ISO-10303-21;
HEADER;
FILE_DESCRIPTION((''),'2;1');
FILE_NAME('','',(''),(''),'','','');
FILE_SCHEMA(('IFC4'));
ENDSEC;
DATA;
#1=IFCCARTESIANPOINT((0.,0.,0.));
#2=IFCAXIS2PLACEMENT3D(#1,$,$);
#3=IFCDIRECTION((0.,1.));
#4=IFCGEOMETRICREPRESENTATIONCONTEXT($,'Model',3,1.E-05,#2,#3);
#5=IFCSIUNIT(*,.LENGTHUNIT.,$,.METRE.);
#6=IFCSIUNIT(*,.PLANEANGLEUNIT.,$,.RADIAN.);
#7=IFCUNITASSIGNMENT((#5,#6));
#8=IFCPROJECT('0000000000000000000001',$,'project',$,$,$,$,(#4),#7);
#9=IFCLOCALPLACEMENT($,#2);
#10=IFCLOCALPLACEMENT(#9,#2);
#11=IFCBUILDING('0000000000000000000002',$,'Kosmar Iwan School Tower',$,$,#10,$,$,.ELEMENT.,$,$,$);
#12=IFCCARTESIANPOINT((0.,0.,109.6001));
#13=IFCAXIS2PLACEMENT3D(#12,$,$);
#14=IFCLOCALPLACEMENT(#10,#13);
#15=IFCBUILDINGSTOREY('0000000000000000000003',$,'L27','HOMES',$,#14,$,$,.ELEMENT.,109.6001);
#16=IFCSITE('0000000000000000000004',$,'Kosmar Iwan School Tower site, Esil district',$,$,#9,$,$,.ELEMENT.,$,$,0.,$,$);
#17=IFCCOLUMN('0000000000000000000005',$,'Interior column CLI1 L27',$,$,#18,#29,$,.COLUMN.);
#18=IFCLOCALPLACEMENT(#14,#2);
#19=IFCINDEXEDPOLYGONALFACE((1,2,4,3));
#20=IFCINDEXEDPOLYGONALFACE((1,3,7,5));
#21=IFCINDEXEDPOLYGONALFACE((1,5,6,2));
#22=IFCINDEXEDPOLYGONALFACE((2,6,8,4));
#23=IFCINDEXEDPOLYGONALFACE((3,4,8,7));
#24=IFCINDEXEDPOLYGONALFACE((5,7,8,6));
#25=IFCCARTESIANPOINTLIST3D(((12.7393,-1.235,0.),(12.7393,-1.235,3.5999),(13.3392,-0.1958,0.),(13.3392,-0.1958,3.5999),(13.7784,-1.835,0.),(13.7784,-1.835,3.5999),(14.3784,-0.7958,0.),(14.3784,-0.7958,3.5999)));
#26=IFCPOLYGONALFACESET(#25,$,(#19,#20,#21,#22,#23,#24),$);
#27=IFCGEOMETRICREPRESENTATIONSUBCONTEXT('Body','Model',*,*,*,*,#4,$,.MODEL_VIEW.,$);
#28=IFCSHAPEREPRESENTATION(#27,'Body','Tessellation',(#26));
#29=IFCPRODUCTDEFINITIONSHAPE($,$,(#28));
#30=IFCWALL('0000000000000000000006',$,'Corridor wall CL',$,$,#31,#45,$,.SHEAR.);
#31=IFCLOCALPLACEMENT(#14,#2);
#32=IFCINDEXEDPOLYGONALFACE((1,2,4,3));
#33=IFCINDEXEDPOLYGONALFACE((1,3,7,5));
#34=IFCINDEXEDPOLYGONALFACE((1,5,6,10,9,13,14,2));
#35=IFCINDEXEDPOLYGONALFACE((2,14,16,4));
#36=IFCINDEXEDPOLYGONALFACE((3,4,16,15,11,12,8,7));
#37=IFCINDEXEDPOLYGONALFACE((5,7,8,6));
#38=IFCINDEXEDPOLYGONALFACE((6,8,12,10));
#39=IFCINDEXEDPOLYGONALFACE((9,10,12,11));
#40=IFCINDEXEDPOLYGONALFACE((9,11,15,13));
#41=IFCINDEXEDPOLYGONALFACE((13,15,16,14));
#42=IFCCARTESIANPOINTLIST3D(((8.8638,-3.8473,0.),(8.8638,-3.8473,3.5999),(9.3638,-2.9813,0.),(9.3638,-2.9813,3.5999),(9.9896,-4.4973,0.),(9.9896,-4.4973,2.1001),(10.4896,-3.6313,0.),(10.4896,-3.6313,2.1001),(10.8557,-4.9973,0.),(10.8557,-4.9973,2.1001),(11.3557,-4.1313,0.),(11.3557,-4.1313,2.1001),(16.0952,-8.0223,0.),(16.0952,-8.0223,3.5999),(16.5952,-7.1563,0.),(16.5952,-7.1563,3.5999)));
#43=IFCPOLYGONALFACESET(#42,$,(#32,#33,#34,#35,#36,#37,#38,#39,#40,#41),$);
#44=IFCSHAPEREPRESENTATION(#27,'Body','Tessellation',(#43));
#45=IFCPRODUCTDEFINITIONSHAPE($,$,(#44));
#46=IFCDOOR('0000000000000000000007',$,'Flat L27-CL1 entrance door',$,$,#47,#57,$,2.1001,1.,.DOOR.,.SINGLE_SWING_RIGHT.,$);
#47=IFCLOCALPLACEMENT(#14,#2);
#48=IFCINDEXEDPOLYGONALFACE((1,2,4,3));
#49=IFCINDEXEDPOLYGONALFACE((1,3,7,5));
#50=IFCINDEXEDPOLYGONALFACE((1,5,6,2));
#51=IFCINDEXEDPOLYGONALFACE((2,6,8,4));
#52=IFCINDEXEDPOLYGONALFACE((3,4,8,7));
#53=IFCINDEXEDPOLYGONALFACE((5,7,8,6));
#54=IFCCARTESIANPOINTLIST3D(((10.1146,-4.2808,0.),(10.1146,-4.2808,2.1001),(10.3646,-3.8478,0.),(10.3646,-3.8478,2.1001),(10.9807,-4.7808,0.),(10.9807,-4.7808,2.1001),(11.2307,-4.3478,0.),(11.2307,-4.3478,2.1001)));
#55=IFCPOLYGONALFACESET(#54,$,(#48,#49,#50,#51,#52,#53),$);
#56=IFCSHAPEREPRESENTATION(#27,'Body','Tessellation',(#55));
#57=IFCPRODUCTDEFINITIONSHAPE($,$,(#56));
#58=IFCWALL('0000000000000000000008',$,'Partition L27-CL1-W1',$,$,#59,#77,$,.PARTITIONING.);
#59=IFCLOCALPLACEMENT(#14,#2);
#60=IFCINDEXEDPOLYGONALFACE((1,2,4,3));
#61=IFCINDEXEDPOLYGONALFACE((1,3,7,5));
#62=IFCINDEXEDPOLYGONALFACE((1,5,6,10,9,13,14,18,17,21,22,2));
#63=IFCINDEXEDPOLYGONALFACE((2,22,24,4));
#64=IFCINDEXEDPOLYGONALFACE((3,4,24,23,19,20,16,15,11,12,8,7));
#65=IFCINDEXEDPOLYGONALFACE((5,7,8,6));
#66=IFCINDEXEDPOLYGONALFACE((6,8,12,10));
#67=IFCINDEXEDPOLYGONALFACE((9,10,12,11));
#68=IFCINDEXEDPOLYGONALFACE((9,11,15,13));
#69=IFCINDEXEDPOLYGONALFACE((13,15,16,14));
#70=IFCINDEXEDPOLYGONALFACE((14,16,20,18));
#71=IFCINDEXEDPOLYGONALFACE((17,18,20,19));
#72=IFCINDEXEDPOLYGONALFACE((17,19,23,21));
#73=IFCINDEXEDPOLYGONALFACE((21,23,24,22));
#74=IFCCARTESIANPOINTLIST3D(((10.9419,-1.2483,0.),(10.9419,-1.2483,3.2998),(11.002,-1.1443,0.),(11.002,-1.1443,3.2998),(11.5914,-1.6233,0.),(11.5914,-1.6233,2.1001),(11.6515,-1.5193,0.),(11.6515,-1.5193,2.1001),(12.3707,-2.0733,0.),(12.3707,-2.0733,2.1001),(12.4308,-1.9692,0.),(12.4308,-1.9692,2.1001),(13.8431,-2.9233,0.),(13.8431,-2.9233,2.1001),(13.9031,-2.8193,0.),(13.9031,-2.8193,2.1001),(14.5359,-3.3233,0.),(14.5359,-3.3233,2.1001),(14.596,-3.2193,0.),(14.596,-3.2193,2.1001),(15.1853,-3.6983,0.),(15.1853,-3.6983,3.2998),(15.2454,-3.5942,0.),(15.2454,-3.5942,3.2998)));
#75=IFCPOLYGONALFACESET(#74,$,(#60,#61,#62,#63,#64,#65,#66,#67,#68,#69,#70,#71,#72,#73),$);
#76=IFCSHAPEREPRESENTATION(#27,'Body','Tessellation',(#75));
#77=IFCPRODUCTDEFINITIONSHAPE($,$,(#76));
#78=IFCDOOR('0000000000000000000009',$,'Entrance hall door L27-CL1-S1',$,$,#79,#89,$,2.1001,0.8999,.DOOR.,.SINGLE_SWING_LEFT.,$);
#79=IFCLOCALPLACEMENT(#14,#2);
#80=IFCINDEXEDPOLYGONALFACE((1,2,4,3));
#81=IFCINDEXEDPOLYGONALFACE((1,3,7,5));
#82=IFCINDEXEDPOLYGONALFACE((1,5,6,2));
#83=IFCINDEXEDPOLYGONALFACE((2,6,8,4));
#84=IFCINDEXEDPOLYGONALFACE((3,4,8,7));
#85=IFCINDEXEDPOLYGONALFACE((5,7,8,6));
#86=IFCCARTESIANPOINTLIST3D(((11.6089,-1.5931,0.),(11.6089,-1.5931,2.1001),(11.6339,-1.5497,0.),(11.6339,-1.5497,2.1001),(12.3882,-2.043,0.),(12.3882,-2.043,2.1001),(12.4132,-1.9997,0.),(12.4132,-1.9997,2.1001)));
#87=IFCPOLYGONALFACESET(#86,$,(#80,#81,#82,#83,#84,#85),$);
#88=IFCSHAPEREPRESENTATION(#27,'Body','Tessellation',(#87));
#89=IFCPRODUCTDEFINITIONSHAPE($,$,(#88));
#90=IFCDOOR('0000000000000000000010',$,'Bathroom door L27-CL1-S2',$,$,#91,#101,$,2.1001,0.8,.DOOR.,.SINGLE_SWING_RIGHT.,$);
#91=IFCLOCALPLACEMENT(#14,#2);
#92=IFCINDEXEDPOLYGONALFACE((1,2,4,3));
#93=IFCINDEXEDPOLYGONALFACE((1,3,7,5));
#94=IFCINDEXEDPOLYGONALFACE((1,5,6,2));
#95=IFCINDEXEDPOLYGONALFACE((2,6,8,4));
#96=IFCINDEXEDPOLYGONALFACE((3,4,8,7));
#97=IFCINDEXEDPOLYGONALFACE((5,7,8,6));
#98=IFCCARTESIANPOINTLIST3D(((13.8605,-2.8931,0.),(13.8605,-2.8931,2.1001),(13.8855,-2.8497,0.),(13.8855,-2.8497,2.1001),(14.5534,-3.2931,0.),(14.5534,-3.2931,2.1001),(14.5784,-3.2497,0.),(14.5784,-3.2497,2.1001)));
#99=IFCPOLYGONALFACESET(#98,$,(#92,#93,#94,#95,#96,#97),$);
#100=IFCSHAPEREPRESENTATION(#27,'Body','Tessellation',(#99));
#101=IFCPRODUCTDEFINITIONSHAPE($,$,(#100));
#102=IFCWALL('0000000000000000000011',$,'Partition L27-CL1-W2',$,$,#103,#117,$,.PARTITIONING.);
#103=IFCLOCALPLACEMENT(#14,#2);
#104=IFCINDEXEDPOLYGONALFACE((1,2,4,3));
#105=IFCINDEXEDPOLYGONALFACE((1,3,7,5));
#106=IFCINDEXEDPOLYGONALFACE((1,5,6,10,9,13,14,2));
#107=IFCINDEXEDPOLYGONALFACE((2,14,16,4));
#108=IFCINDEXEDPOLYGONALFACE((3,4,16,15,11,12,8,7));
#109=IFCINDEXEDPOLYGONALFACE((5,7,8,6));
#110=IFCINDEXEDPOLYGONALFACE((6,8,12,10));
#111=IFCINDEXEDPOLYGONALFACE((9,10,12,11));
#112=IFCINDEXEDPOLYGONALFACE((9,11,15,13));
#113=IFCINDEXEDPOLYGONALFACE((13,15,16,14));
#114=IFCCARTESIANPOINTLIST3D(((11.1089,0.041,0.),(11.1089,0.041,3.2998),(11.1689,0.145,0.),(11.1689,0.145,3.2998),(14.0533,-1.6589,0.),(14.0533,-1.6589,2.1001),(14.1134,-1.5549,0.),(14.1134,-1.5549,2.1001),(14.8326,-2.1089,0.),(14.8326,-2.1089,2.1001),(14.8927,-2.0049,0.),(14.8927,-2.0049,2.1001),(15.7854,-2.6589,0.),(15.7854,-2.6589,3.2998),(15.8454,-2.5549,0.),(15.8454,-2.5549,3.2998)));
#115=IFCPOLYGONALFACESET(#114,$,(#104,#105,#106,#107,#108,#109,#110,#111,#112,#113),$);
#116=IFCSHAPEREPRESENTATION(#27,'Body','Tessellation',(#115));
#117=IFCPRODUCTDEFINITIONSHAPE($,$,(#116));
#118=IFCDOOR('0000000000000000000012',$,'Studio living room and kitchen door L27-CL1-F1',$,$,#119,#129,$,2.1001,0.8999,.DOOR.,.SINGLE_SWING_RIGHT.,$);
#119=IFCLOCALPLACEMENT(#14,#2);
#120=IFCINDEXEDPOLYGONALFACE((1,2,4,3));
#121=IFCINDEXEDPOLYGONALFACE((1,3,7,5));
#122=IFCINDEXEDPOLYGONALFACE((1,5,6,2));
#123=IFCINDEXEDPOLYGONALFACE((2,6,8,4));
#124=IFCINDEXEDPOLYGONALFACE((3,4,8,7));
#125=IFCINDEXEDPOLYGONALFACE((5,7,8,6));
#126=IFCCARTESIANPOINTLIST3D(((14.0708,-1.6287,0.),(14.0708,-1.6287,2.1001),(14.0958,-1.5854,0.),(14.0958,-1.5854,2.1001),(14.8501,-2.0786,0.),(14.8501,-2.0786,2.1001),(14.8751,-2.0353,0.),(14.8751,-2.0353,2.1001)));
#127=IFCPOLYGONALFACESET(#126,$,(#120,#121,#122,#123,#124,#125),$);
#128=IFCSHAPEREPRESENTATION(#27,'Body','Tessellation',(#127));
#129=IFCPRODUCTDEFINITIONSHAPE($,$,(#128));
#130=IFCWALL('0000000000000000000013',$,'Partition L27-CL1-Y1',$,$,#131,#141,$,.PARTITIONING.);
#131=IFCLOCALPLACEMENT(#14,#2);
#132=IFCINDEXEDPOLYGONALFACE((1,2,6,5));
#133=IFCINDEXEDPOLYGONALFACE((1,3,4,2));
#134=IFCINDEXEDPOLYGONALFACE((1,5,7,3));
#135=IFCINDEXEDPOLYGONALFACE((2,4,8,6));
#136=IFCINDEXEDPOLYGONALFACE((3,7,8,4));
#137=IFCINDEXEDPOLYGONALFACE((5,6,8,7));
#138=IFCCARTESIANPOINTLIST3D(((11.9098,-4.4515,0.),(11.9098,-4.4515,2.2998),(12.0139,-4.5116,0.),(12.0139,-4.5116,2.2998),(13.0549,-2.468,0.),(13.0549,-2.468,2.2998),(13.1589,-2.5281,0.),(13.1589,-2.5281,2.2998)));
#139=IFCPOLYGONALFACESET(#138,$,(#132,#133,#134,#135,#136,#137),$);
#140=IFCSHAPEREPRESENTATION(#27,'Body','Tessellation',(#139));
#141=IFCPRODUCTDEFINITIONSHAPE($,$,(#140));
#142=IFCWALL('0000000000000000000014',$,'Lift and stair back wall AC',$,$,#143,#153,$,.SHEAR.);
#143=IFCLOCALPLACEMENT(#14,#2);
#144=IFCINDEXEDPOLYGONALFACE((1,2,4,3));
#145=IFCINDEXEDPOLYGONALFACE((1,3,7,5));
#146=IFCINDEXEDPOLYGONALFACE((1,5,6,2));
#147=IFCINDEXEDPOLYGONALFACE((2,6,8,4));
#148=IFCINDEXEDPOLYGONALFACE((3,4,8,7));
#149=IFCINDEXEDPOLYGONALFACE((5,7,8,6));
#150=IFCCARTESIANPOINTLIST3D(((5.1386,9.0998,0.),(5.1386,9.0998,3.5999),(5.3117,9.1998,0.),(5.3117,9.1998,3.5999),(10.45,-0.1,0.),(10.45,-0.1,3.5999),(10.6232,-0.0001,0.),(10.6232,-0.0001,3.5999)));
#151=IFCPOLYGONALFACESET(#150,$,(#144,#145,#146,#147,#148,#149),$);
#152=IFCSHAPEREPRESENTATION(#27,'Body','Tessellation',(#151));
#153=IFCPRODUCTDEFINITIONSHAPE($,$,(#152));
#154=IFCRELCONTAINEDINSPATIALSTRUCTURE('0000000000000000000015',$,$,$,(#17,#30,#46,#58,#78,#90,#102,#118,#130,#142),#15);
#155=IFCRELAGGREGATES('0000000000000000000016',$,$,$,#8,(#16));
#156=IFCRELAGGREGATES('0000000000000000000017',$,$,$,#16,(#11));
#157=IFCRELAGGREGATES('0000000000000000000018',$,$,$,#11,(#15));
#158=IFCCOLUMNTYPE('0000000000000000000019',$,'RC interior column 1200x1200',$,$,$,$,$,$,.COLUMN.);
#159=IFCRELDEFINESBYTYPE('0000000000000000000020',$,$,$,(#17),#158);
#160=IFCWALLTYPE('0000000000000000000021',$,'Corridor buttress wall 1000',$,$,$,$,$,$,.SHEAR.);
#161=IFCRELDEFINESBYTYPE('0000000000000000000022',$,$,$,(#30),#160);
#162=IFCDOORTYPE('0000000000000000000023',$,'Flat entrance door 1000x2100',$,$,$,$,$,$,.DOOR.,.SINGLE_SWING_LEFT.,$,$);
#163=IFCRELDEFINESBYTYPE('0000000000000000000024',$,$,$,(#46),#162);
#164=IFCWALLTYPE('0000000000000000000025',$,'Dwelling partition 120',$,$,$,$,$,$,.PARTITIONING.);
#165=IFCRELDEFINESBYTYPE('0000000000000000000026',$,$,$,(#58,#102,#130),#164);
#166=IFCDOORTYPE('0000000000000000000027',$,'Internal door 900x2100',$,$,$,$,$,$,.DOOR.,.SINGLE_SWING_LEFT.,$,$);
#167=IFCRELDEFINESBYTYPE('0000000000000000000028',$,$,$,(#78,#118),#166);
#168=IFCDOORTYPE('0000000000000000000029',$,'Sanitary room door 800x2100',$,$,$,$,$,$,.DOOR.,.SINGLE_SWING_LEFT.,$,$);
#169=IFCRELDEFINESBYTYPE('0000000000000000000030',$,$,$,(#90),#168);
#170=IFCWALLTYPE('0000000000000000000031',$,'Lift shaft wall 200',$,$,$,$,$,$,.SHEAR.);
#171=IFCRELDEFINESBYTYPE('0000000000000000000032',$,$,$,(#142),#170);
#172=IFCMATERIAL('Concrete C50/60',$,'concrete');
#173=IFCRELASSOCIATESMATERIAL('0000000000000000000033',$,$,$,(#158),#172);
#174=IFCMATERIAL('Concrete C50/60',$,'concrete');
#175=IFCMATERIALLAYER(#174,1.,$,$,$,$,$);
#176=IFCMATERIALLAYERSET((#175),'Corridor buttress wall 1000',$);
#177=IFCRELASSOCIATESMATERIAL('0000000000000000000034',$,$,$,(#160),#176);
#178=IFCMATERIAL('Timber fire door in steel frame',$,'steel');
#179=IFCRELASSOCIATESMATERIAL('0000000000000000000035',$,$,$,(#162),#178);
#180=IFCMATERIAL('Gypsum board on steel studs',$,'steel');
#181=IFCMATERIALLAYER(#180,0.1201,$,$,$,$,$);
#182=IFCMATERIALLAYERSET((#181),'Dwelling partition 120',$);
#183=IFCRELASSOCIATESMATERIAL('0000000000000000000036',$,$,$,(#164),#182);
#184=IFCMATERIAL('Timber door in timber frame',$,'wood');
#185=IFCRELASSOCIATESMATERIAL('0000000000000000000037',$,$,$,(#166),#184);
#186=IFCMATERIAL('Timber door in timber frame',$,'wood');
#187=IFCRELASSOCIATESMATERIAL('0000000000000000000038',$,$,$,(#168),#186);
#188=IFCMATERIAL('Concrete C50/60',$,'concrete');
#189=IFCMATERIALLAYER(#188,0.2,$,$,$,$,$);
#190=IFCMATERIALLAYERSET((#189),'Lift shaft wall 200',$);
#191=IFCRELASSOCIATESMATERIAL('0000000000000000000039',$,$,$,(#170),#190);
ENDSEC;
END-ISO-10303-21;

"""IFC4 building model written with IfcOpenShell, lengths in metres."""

from ifc_helpers import new_model, si_unit, direction, frame, frame_2d, origin, origin_2d, place, context, subcontext, project, spatial, rectangle, extrude, material, layer, layer_set, material_profile, profile_set, type_object, element, fill, save


model = new_model("IFC4")

# Units and contexts
model_context = context("Model", 3, precision=1e-05, world=origin(), true_north=direction((0.0, 1.0)))
body_context = subcontext(model_context, "Body", "Model", "MODEL_VIEW")
ifc_project = project(units=[si_unit("LENGTHUNIT", "METRE"), si_unit("PLANEANGLEUNIT", "RADIAN")], contexts=[model_context])

# Site, building, storey
site_placement = place(None, origin())
site = spatial("IfcSite", under=ifc_project, at=site_placement, Name="Kosmar Iwan School Tower site, Esil district", CompositionType="ELEMENT", RefElevation=0.0)
building_placement = place(site_placement, origin())
building = spatial("IfcBuilding", under=site, at=building_placement, Name="Kosmar Iwan School Tower", CompositionType="ELEMENT")
storey_placement = place(building_placement, frame((0.0, 0.0, 109.6001)))
storey = spatial("IfcBuildingStorey", under=building, at=storey_placement, Name="L27", Description="HOMES", CompositionType="ELEMENT", Elevation=109.6001)

# Column
ifc_material_1 = material(Name="Concrete C50/60", Category="concrete")
ifc_material_profile = material_profile(ifc_material_1, rectangle(XDim=1.2, YDim=1.2, at=origin_2d()), Name="RC 1200x1200")
ifc_profile_set = profile_set([ifc_material_profile], Name="Concrete C50/60")
column_type = type_object("IfcColumnType", Name="RC interior column 1200x1200", PredefinedType="COLUMN", material=ifc_profile_set)
column_placement = place(storey_placement, frame((13.5588, -1.0154, 0.0), z_axis=(0.0, 0.0, 1.0), x_axis=(0.866025, -0.5, 0.0)))
element("IfcColumn", 1, at=column_placement, inside=storey, type_object=column_type, Name="Interior column CLI1 L27", PredefinedType="COLUMN", context=body_context, shape_type="SweptSolid", body=[
    extrude(rectangle(XDim=1.2, YDim=1.2, at=origin_2d()), origin(), (0.0, 0.0, 1.0), 3.5999),
])

# Wall, opening, door
ifc_material_2 = material(Name="Concrete C50/60", Category="concrete")
ifc_layer_1 = layer(ifc_material_2, 1.0)
ifc_layer_set_1 = layer_set([ifc_layer_1], Name="Corridor buttress wall 1000")
wall_type_1 = type_object("IfcWallType", Name="Corridor buttress wall 1000", PredefinedType="SHEAR", material=ifc_layer_set_1)
wall_1_placement = place(storey_placement, frame((9.1138, -3.4143, 0.0), z_axis=(0.0, 0.0, 1.0), x_axis=(0.866027, -0.499997, 0.0)))
wall_1 = element("IfcWall", 2, at=wall_1_placement, inside=storey, type_object=wall_type_1, Name="Corridor wall CL", PredefinedType="SHEAR", context=body_context, shape_type="SweptSolid", body=[
    extrude(rectangle(XDim=8.3501, YDim=1.0, at=frame_2d((4.175, 0.0))), origin(), (0.0, 0.0, 1.0), 3.5999),
])
opening_1_placement = place(wall_1_placement, frame((1.3, 0.0, 0.0)))
opening_1 = element("IfcOpeningElement", 3, at=opening_1_placement, cuts=wall_1, PredefinedType="OPENING", context=body_context, shape_type="SweptSolid", body=[
    extrude(rectangle(XDim=1.0, YDim=2.1001, at=frame_2d((0.5, 1.05))), frame((0.0, 0.512, 0.0), z_axis=(0.0, -1.0, 0.0), x_axis=(1.0, 0.0, 0.0)), (0.0, 0.0, 1.0), 1.0239),
])
ifc_material_3 = material(Name="Timber fire door in steel frame", Category="steel")
door_type_1 = type_object("IfcDoorType", Name="Flat entrance door 1000x2100", OperationType="SINGLE_SWING_LEFT", PredefinedType="DOOR", material=ifc_material_3)
door_1_placement = place(opening_1_placement, origin())
door_1 = element("IfcDoor", 4, at=door_1_placement, inside=storey, type_object=door_type_1, Name="Flat L27-CL1 entrance door", OperationType="SINGLE_SWING_RIGHT", OverallHeight=2.1001, OverallWidth=1.0, PredefinedType="DOOR", context=body_context, shape_type="SweptSolid", body=[
    extrude(rectangle(XDim=1.0, YDim=2.1001, at=frame_2d((0.5, 1.05))), frame((0.0, 0.25, 0.0), z_axis=(0.0, -1.0, 0.0), x_axis=(1.0, 0.0, 0.0)), (0.0, 0.0, 1.0), 0.5),
])
fill(opening_1, door_1)

# Wall, openings, doors
ifc_material_4 = material(Name="Gypsum board on steel studs", Category="steel")
ifc_layer_2 = layer(ifc_material_4, 0.1201)
ifc_layer_set_2 = layer_set([ifc_layer_2], Name="Dwelling partition 120")
wall_type_2 = type_object("IfcWallType", Name="Dwelling partition 120", PredefinedType="PARTITIONING", material=ifc_layer_set_2)
wall_2_placement = place(storey_placement, frame((10.9719, -1.1963, 0.0), z_axis=(0.0, 0.0, 1.0), x_axis=(0.866024, -0.500003, 0.0)))
wall_2 = element("IfcWall", 5, at=wall_2_placement, inside=storey, type_object=wall_type_2, Name="Partition L27-CL1-W1", PredefinedType="PARTITIONING", context=body_context, shape_type="SweptSolid", body=[
    extrude(rectangle(XDim=4.8999, YDim=0.1201, at=frame_2d((2.45, 0.0))), origin(), (0.0, 0.0, 1.0), 3.2998),
])
opening_2_placement = place(wall_2_placement, frame((0.75, 0.0, 0.0)))
opening_2 = element("IfcOpeningElement", 6, at=opening_2_placement, cuts=wall_2, PredefinedType="OPENING", context=body_context, shape_type="SweptSolid", body=[
    extrude(rectangle(XDim=0.8999, YDim=2.1001, at=frame_2d((0.45, 1.05))), frame((0.0, 0.072, 0.0), z_axis=(0.0, -1.0, 0.0), x_axis=(1.0, 0.0, 0.0)), (0.0, 0.0, 1.0), 0.144),
])
opening_3_placement = place(wall_2_placement, frame((3.3501, 0.0, 0.0)))
opening_3 = element("IfcOpeningElement", 7, at=opening_3_placement, cuts=wall_2, PredefinedType="OPENING", context=body_context, shape_type="SweptSolid", body=[
    extrude(rectangle(XDim=0.8, YDim=2.1001, at=frame_2d((0.3999, 1.05))), frame((0.0, 0.072, 0.0), z_axis=(0.0, -1.0, 0.0), x_axis=(1.0, 0.0, 0.0)), (0.0, 0.0, 1.0), 0.144),
])
ifc_material_5 = material(Name="Timber door in timber frame", Category="wood")
door_type_2 = type_object("IfcDoorType", Name="Internal door 900x2100", OperationType="SINGLE_SWING_LEFT", PredefinedType="DOOR", material=ifc_material_5)
door_2_placement = place(opening_2_placement, origin())
door_2 = element("IfcDoor", 8, at=door_2_placement, inside=storey, type_object=door_type_2, Name="Entrance hall door L27-CL1-S1", OperationType="SINGLE_SWING_LEFT", OverallHeight=2.1001, OverallWidth=0.8999, PredefinedType="DOOR", context=body_context, shape_type="SweptSolid", body=[
    extrude(rectangle(XDim=0.8999, YDim=2.1001, at=frame_2d((0.45, 1.05))), frame((0.0, 0.0249, 0.0), z_axis=(0.0, -1.0, 0.0), x_axis=(1.0, 0.0, 0.0)), (0.0, 0.0, 1.0), 0.05),
])
fill(opening_2, door_2)
ifc_material_6 = material(Name="Timber door in timber frame", Category="wood")
door_type_3 = type_object("IfcDoorType", Name="Sanitary room door 800x2100", OperationType="SINGLE_SWING_LEFT", PredefinedType="DOOR", material=ifc_material_6)
door_3_placement = place(opening_3_placement, origin())
door_3 = element("IfcDoor", 9, at=door_3_placement, inside=storey, type_object=door_type_3, Name="Bathroom door L27-CL1-S2", OperationType="SINGLE_SWING_RIGHT", OverallHeight=2.1001, OverallWidth=0.8, PredefinedType="DOOR", context=body_context, shape_type="SweptSolid", body=[
    extrude(rectangle(XDim=0.8, YDim=2.1001, at=frame_2d((0.3999, 1.05))), frame((0.0, 0.0249, 0.0), z_axis=(0.0, -1.0, 0.0), x_axis=(1.0, 0.0, 0.0)), (0.0, 0.0, 1.0), 0.05),
])
fill(opening_3, door_3)

# Wall, opening, door
wall_3_placement = place(storey_placement, frame((11.1389, 0.093, 0.0), z_axis=(0.0, 0.0, 1.0), x_axis=(0.866028, -0.499995, 0.0)))
wall_3 = element("IfcWall", 10, at=wall_3_placement, inside=storey, type_object=wall_type_2, Name="Partition L27-CL1-W2", PredefinedType="PARTITIONING", context=body_context, shape_type="SweptSolid", body=[
    extrude(rectangle(XDim=5.3999, YDim=0.1201, at=frame_2d((2.7, 0.0))), origin(), (0.0, 0.0, 1.0), 3.2998),
])
opening_4_placement = place(wall_3_placement, frame((3.3999, 0.0, 0.0)))
opening_4 = element("IfcOpeningElement", 11, at=opening_4_placement, cuts=wall_3, PredefinedType="OPENING", context=body_context, shape_type="SweptSolid", body=[
    extrude(rectangle(XDim=0.8999, YDim=2.1001, at=frame_2d((0.45, 1.05))), frame((0.0, 0.072, 0.0), z_axis=(0.0, -1.0, 0.0), x_axis=(1.0, 0.0, 0.0)), (0.0, 0.0, 1.0), 0.144),
])
door_4_placement = place(opening_4_placement, origin())
door_4 = element("IfcDoor", 12, at=door_4_placement, inside=storey, type_object=door_type_2, Name="Studio living room and kitchen door L27-CL1-F1", OperationType="SINGLE_SWING_RIGHT", OverallHeight=2.1001, OverallWidth=0.8999, PredefinedType="DOOR", context=body_context, shape_type="SweptSolid", body=[
    extrude(rectangle(XDim=0.8999, YDim=2.1001, at=frame_2d((0.45, 1.05))), frame((0.0, 0.0249, 0.0), z_axis=(0.0, -1.0, 0.0), x_axis=(1.0, 0.0, 0.0)), (0.0, 0.0, 1.0), 0.05),
])
fill(opening_4, door_4)

# Walls
wall_4_placement = place(storey_placement, frame((11.9619, -4.4814, 0.0), z_axis=(0.0, 0.0, 1.0), x_axis=(0.499969, 0.866044, 0.0)))
element("IfcWall", 13, at=wall_4_placement, inside=storey, type_object=wall_type_2, Name="Partition L27-CL1-Y1", PredefinedType="PARTITIONING", context=body_context, shape_type="SweptSolid", body=[
    extrude(rectangle(XDim=2.2903, YDim=0.1201, at=frame_2d((1.145, 0.0))), origin(), (0.0, 0.0, 1.0), 2.2998),
])
ifc_material_7 = material(Name="Concrete C50/60", Category="concrete")
ifc_layer_3 = layer(ifc_material_7, 0.2)
ifc_layer_set_3 = layer_set([ifc_layer_3], Name="Lift shaft wall 200")
wall_type_3 = type_object("IfcWallType", Name="Lift shaft wall 200", PredefinedType="SHEAR", material=ifc_layer_set_3)
wall_5_placement = place(storey_placement, frame((10.5366, -0.05, 0.0), z_axis=(0.0, 0.0, 1.0), x_axis=(-0.499995, 0.866028, 0.0)))
element("IfcWall", 14, at=wall_5_placement, inside=storey, type_object=wall_type_3, Name="Lift and stair back wall AC", PredefinedType="SHEAR", context=body_context, shape_type="SweptSolid", body=[
    extrude(rectangle(XDim=10.623, YDim=0.2, at=frame_2d((5.3115, 0.0))), origin(), (0.0, 0.0, 1.0), 3.5999),
])

save(model, "model.ifc")
